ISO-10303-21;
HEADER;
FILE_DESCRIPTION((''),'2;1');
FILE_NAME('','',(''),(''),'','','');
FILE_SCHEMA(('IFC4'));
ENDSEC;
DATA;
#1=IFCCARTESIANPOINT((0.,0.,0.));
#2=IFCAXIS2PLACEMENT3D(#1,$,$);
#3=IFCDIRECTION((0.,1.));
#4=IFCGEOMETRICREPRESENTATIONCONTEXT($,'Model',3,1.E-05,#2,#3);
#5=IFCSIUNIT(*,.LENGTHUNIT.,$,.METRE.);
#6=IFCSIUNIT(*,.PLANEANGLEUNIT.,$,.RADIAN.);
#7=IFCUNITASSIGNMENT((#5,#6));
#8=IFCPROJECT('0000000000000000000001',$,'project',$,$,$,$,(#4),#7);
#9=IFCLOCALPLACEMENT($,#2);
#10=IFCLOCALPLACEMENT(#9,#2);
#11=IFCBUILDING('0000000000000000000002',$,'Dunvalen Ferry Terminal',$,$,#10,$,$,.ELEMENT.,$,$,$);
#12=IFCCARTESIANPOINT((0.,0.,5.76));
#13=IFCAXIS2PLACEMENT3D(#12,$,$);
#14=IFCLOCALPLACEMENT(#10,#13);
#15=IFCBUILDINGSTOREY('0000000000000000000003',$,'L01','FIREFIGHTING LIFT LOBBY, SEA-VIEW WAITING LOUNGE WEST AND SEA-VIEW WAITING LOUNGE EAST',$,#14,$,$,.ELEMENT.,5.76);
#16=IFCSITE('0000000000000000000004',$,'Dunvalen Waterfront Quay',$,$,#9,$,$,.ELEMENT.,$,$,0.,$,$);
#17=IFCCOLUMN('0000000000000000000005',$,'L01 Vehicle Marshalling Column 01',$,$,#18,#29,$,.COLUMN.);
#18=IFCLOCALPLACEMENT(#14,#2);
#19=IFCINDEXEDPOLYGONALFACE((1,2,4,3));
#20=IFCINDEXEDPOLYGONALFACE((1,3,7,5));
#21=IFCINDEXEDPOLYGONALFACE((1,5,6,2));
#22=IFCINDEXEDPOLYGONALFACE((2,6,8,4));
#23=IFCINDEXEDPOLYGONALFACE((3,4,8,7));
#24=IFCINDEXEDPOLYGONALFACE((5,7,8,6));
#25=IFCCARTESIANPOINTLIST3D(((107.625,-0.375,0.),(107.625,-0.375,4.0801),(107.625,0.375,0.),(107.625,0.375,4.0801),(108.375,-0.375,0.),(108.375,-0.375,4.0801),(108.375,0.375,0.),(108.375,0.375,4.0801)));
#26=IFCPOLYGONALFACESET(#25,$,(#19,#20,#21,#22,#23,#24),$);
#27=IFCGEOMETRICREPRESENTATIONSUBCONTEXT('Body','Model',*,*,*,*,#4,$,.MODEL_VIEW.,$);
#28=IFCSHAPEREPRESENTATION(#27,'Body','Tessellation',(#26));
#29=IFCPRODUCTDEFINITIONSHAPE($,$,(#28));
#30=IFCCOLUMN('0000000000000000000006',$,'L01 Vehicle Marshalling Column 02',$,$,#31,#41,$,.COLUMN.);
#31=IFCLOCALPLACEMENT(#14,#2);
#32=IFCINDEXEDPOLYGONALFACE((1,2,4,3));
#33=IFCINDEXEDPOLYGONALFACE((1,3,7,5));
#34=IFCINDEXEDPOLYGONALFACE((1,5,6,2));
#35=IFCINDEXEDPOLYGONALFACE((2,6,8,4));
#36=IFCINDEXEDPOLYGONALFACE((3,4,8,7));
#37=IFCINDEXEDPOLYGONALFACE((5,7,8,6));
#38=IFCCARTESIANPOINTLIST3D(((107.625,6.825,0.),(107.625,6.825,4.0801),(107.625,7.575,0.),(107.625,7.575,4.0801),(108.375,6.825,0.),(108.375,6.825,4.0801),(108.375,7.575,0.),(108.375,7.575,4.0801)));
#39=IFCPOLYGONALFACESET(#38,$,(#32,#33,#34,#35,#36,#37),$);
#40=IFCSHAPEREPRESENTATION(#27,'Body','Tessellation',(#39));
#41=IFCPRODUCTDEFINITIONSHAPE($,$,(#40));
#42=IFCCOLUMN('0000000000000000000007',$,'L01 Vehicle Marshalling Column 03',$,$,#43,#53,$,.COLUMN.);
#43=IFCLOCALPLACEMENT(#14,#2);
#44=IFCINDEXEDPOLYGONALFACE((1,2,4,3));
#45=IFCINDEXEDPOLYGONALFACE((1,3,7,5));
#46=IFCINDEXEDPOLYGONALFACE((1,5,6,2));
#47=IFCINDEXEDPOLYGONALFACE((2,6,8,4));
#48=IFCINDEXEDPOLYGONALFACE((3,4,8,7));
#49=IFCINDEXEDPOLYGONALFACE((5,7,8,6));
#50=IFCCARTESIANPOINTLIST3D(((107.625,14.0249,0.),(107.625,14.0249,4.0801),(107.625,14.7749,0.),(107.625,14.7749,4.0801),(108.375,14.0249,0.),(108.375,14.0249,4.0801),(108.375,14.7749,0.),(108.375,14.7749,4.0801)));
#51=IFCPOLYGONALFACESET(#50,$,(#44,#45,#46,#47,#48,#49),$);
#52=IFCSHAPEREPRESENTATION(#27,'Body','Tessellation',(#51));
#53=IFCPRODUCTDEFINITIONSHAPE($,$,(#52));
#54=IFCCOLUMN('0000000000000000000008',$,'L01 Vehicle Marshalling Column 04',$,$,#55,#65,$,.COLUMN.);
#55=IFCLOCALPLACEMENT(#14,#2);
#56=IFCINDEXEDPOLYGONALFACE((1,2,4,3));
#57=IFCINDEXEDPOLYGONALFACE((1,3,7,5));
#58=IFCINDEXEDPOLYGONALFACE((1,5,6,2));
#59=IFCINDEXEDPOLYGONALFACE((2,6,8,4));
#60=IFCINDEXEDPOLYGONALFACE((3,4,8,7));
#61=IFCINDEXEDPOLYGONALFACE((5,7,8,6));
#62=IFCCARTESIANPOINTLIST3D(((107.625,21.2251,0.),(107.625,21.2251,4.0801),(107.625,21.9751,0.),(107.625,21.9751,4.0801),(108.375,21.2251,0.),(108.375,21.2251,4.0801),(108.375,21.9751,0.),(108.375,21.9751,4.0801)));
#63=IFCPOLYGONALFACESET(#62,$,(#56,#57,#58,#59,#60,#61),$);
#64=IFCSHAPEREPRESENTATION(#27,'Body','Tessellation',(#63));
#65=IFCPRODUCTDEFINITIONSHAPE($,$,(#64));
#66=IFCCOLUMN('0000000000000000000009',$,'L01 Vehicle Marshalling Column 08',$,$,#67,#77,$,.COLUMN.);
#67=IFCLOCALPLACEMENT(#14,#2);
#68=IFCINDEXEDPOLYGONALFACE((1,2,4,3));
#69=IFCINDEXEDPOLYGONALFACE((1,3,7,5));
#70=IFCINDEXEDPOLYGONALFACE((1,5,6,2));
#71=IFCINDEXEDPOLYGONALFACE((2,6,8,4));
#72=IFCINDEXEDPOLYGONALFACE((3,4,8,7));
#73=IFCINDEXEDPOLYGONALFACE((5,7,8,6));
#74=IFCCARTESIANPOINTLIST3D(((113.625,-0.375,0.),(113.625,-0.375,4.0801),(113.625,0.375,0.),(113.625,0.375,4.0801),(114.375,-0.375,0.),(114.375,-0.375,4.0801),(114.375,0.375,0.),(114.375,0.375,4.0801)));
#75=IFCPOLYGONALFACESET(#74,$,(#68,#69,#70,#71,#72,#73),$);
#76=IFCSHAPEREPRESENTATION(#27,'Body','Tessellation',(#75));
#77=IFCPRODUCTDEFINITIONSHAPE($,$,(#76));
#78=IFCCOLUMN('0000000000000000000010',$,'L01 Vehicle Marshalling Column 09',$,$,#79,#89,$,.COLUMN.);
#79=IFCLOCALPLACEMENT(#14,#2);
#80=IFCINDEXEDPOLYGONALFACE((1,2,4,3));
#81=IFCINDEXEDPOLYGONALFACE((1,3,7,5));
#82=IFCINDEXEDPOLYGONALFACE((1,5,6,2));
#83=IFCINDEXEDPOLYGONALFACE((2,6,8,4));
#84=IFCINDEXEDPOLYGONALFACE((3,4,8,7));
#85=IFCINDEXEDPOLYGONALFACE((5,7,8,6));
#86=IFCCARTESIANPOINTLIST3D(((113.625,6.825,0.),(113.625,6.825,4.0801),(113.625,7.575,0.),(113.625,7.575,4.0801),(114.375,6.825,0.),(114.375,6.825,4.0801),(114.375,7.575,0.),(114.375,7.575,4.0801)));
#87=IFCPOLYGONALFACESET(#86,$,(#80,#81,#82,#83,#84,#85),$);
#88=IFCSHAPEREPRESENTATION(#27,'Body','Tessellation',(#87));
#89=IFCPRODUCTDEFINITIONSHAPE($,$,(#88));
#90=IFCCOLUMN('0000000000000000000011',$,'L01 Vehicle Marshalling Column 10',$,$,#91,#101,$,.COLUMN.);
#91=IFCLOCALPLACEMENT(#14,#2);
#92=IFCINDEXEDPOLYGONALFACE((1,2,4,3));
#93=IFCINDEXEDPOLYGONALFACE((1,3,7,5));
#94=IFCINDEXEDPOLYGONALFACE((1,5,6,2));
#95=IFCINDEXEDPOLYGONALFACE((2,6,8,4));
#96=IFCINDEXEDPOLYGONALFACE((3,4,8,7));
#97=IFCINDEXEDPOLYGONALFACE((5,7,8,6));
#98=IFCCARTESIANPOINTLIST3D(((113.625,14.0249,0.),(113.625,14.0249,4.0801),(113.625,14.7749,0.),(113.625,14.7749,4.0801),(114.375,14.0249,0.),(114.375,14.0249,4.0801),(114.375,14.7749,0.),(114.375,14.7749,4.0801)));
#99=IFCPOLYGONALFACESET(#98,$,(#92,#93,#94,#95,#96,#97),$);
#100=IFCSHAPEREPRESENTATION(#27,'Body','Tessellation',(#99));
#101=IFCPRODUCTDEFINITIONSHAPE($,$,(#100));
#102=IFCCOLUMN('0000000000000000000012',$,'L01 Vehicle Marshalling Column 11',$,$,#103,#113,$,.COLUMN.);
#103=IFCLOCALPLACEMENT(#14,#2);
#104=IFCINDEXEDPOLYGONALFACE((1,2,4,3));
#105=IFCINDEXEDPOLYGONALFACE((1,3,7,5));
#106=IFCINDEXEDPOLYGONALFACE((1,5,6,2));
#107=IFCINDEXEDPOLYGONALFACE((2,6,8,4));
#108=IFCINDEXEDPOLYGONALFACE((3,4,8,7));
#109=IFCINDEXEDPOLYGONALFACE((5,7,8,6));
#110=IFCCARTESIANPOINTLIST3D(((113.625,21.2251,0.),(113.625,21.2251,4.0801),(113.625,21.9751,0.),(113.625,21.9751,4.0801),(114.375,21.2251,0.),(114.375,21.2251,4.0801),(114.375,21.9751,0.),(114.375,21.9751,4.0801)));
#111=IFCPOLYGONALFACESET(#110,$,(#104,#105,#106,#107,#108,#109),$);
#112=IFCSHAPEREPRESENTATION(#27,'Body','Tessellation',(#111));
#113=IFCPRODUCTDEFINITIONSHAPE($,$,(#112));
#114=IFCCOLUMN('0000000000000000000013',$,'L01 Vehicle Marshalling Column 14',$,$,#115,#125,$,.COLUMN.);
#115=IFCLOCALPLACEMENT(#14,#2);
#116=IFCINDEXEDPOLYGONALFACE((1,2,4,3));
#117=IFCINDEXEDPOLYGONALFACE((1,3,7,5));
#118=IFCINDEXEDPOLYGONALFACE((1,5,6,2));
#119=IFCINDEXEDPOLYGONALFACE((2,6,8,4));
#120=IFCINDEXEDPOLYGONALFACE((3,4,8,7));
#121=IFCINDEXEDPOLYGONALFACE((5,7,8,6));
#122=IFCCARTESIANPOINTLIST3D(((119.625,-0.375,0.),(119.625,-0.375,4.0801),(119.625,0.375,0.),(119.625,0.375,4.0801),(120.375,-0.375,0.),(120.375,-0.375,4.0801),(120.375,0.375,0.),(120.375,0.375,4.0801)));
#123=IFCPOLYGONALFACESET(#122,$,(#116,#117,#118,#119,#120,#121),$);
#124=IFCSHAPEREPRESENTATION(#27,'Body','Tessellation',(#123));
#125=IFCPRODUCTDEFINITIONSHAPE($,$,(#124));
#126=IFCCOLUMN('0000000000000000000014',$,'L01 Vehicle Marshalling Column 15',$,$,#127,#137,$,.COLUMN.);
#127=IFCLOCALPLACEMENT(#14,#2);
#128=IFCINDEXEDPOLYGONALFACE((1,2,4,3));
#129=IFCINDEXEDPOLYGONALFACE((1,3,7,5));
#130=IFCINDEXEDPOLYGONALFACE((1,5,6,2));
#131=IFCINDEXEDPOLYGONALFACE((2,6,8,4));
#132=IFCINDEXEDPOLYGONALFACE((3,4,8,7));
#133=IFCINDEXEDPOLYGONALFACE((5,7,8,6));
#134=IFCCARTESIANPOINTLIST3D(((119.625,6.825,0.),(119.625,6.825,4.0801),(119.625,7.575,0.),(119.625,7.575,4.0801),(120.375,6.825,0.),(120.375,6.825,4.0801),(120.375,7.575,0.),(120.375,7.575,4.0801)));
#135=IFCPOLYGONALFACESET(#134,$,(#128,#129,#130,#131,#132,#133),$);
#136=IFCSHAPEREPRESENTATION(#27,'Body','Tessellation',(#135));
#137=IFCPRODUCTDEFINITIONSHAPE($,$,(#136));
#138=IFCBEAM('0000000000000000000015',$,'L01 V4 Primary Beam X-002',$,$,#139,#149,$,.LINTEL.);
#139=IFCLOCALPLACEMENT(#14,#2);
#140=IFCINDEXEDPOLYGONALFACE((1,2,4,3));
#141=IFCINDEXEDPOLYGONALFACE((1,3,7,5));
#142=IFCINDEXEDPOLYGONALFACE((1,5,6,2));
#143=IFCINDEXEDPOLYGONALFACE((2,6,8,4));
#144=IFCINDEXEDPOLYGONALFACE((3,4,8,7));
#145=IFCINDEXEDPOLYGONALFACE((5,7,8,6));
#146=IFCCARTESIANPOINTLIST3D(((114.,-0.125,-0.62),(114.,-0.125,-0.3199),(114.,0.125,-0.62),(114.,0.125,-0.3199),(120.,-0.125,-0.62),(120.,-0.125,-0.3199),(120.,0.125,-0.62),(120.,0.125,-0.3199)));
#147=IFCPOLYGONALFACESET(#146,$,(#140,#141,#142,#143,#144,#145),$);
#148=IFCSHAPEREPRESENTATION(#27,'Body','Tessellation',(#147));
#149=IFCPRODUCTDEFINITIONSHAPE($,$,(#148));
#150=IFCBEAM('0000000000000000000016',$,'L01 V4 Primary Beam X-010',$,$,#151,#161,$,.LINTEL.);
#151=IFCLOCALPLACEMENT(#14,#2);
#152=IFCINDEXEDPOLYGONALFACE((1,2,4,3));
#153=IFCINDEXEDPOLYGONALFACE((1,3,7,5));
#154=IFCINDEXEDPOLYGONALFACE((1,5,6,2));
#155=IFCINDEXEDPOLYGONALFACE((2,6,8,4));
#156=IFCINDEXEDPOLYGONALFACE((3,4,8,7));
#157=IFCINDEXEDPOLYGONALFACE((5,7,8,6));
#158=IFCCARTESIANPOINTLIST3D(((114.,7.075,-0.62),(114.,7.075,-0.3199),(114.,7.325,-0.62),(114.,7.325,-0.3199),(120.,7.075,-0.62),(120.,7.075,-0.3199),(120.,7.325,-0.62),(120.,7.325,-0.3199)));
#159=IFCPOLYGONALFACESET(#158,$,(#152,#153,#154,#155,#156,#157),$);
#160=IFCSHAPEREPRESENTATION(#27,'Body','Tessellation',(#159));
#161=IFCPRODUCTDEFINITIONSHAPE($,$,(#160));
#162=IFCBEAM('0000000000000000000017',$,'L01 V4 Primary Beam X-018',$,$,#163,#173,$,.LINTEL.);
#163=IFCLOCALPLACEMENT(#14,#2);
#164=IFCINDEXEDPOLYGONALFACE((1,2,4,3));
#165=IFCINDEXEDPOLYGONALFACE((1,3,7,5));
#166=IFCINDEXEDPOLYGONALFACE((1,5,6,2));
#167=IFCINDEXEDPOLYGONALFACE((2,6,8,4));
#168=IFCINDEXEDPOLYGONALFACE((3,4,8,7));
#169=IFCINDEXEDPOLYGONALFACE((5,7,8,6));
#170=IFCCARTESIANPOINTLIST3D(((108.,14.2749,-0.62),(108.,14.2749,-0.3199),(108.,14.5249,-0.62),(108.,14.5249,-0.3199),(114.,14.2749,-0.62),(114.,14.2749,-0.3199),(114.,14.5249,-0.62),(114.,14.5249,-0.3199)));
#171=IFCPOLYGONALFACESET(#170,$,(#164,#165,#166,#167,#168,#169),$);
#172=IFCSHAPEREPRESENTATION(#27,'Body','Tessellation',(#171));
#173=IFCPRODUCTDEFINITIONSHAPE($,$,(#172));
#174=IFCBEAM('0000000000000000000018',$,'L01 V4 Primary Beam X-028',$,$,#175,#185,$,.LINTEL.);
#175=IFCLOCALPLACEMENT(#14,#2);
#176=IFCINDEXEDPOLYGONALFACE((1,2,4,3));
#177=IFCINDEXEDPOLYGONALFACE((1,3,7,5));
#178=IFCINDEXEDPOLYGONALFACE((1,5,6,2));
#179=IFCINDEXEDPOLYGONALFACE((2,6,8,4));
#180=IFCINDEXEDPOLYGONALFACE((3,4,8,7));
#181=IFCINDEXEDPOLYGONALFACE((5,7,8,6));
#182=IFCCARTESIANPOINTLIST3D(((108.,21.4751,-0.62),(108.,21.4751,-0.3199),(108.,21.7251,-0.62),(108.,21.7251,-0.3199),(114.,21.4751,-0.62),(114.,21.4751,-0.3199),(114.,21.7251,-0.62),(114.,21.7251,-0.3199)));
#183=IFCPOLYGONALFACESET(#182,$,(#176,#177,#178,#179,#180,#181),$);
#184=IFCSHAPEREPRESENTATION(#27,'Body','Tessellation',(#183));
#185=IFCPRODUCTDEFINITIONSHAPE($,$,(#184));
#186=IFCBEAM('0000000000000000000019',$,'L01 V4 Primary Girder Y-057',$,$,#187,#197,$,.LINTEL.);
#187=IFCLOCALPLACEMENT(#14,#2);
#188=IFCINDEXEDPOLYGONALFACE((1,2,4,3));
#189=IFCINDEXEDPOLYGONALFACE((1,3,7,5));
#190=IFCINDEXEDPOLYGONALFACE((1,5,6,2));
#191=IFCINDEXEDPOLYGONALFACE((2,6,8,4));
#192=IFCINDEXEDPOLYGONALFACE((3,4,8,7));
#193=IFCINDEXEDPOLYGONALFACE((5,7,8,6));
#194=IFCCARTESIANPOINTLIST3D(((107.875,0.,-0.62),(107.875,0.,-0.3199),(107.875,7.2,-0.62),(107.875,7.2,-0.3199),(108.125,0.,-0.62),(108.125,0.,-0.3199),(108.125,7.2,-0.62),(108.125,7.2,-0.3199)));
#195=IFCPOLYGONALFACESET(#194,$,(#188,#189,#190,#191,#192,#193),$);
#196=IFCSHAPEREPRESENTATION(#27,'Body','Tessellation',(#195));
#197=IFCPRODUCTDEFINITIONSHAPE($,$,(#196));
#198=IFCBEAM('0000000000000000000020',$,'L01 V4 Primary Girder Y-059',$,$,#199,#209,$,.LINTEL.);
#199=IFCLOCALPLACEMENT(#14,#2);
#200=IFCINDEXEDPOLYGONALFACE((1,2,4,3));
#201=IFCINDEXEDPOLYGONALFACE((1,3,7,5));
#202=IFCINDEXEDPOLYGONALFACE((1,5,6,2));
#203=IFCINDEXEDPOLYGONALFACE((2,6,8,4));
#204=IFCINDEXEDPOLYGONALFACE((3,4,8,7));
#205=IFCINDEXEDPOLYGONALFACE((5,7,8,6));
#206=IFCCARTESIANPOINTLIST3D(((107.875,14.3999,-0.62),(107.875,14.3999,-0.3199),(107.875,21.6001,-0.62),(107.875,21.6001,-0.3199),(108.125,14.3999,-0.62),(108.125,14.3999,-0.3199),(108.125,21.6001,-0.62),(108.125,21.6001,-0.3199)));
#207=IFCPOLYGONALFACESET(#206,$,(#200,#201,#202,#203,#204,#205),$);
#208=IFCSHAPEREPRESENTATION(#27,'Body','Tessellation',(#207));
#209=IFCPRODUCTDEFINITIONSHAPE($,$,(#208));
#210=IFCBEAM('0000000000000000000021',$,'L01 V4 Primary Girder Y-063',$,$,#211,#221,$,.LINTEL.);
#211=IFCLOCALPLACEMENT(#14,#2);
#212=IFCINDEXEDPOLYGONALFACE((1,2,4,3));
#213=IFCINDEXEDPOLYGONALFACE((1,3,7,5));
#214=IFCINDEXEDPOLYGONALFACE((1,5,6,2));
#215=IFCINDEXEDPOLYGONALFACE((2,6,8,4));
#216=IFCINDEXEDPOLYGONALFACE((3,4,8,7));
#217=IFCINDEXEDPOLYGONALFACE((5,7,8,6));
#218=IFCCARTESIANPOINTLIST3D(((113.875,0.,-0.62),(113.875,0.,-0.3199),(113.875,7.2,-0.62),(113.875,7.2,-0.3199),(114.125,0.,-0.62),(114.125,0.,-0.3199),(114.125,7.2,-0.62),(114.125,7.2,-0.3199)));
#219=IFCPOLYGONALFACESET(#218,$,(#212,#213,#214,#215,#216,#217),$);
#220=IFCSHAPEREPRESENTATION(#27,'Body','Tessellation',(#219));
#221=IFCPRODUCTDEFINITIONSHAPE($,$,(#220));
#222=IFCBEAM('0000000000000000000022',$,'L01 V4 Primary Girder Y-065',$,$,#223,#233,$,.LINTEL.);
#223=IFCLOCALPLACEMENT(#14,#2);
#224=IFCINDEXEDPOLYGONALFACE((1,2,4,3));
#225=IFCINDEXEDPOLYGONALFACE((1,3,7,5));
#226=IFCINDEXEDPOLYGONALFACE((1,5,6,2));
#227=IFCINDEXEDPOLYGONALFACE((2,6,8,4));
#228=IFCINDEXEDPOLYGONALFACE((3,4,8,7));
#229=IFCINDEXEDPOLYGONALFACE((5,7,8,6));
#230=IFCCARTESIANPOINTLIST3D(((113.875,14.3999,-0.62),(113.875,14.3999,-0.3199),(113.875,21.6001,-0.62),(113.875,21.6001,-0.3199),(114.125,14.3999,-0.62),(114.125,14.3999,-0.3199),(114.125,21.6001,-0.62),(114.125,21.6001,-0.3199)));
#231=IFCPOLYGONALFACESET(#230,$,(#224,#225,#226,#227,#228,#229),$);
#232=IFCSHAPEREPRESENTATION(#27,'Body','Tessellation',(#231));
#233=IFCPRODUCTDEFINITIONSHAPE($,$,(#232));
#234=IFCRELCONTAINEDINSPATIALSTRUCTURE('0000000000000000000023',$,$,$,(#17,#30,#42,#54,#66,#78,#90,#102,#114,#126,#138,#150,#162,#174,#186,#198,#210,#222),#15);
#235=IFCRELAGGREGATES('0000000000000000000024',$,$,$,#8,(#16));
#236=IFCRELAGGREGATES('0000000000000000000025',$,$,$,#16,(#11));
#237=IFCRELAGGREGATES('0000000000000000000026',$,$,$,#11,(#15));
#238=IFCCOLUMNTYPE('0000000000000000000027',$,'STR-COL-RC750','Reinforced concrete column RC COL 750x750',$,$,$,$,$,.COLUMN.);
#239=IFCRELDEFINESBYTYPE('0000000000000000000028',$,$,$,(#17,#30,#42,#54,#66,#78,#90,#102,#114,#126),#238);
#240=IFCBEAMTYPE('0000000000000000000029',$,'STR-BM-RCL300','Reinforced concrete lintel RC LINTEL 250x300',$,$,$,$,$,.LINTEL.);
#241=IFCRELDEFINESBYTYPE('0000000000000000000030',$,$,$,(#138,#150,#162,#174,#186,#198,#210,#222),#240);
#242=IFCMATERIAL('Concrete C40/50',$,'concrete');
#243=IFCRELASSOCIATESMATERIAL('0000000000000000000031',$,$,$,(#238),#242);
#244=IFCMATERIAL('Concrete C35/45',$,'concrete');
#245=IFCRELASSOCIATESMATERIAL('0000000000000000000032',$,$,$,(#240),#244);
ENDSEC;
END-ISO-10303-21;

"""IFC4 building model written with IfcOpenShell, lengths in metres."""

from ifc_helpers import new_model, si_unit, direction, frame, origin, origin_2d, place, context, subcontext, project, spatial, rectangle, extrude, material, material_profile, profile_set, type_object, element, save


model = new_model("IFC4")

# Units and contexts
model_context = context("Model", 3, precision=1e-05, world=origin(), true_north=direction((0.0, 1.0)))
body_context = subcontext(model_context, "Body", "Model", "MODEL_VIEW")
ifc_project = project(units=[si_unit("LENGTHUNIT", "METRE"), si_unit("PLANEANGLEUNIT", "RADIAN")], contexts=[model_context])

# Site, building, storey
site_placement = place(None, origin())
site = spatial("IfcSite", under=ifc_project, at=site_placement, Name="Dunvalen Waterfront Quay", CompositionType="ELEMENT", RefElevation=0.0)
building_placement = place(site_placement, origin())
building = spatial("IfcBuilding", under=site, at=building_placement, Name="Dunvalen Ferry Terminal", CompositionType="ELEMENT")
storey_placement = place(building_placement, frame((0.0, 0.0, 5.76)))
storey = spatial("IfcBuildingStorey", under=building, at=storey_placement, Name="L01", Description="FIREFIGHTING LIFT LOBBY, SEA-VIEW WAITING LOUNGE WEST AND SEA-VIEW WAITING LOUNGE EAST", CompositionType="ELEMENT", Elevation=5.76)

# Columns
ifc_material_1 = material(Name="Concrete C40/50", Category="concrete")
ifc_material_profile_1 = material_profile(ifc_material_1, rectangle(XDim=0.75, YDim=0.75, at=origin_2d()), Name="Concrete C40/50")
ifc_profile_set_1 = profile_set([ifc_material_profile_1], Name="Concrete C40/50")
column_type = type_object("IfcColumnType", Name="STR-COL-RC750", Description="Reinforced concrete column RC COL 750x750", PredefinedType="COLUMN", material=ifc_profile_set_1)
for number, where, z_axis, x_axis, name in (
    (1, (108.0, 0.0, 0.0), (0.0, 0.0, 1.0), (1.0, 0.0, 0.0), "L01 Vehicle Marshalling Column 01"),
    (2, (108.0, 7.2, 0.0), (0.0, 0.0, 1.0), (1.0, 0.0, 0.0), "L01 Vehicle Marshalling Column 02"),
    (3, (108.0, 14.3999, 0.0), (0.0, 0.0, 1.0), (1.0, 0.0, 0.0), "L01 Vehicle Marshalling Column 03"),
    (4, (108.0, 21.6001, 0.0), (0.0, 0.0, 1.0), (1.0, 0.0, 0.0), "L01 Vehicle Marshalling Column 04"),
    (5, (114.0, 0.0, 0.0), (0.0, 0.0, 1.0), (1.0, 0.0, 0.0), "L01 Vehicle Marshalling Column 08"),
    (6, (114.0, 7.2, 0.0), (0.0, 0.0, 1.0), (1.0, 0.0, 0.0), "L01 Vehicle Marshalling Column 09"),
    (7, (114.0, 14.3999, 0.0), (0.0, 0.0, 1.0), (1.0, 0.0, 0.0), "L01 Vehicle Marshalling Column 10"),
    (8, (114.0, 21.6001, 0.0), (0.0, 0.0, 1.0), (1.0, 0.0, 0.0), "L01 Vehicle Marshalling Column 11"),
    (9, (120.0, 0.0, 0.0), (0.0, 0.0, 1.0), (1.0, 0.0, 0.0), "L01 Vehicle Marshalling Column 14"),
    (10, (120.0, 7.2, 0.0), (0.0, 0.0, 1.0), (1.0, 0.0, 0.0), "L01 Vehicle Marshalling Column 15"),
):
    element("IfcColumn", number, at=place(storey_placement, frame(where, z_axis=z_axis, x_axis=x_axis)), inside=storey, type_object=column_type, Name=name, PredefinedType="COLUMN", context=body_context, shape_type="SweptSolid", body=[
        extrude(rectangle(XDim=0.75, YDim=0.75, at=origin_2d()), origin(), (0.0, 0.0, 1.0), 4.0801),
    ])

# Beams
ifc_material_2 = material(Name="Concrete C35/45", Category="concrete")
ifc_material_profile_2 = material_profile(ifc_material_2, rectangle(XDim=0.25, YDim=0.3, at=origin_2d()), Name="Concrete C35/45")
ifc_profile_set_2 = profile_set([ifc_material_profile_2], Name="Concrete C35/45")
beam_type_1 = type_object("IfcBeamType", Name="STR-BM-RCL300", Description="Reinforced concrete lintel RC LINTEL 250x300", PredefinedType="LINTEL", material=ifc_profile_set_2)
for number, where, z_axis, x_axis, name in (
    (11, (114.0, 0.0, -0.47), (1.0, 0.0, 0.0), (0.0, 1.0, 0.0), "L01 V4 Primary Beam X-002"),
    (12, (114.0, 7.2, -0.47), (1.0, 0.0, 0.0), (0.0, 1.0, 0.0), "L01 V4 Primary Beam X-010"),
    (13, (108.0, 14.3999, -0.47), (1.0, 0.0, 0.0), (0.0, 1.0, 0.0), "L01 V4 Primary Beam X-018"),
    (14, (108.0, 21.6001, -0.47), (1.0, 0.0, 0.0), (0.0, 1.0, 0.0), "L01 V4 Primary Beam X-028"),
):
    element("IfcBeam", number, at=place(storey_placement, frame(where, z_axis=z_axis, x_axis=x_axis)), inside=storey, type_object=beam_type_1, Name=name, PredefinedType="LINTEL", context=body_context, shape_type="SweptSolid", body=[
        extrude(rectangle(XDim=0.25, YDim=0.3, at=origin_2d()), origin(), (0.0, 0.0, 1.0), 6.0),
    ])
beam_1_placement = place(storey_placement, frame((108.0, 0.0, -0.47), z_axis=(0.0, 1.0, 0.0), x_axis=(-1.0, 0.0, 0.0)))
element("IfcBeam", 15, at=beam_1_placement, inside=storey, type_object=beam_type_1, Name="L01 V4 Primary Girder Y-057", PredefinedType="LINTEL", context=body_context, shape_type="SweptSolid", body=[
    extrude(rectangle(XDim=0.25, YDim=0.3, at=origin_2d()), origin(), (0.0, 0.0, 1.0), 7.2),
])
beam_2_placement = place(storey_placement, frame((108.0, 14.3999, -0.47), z_axis=(0.0, 1.0, 0.0), x_axis=(-1.0, 0.0, 0.0)))
element("IfcBeam", 16, at=beam_2_placement, inside=storey, type_object=beam_type_1, Name="L01 V4 Primary Girder Y-059", PredefinedType="LINTEL", context=body_context, shape_type="SweptSolid", body=[
    extrude(rectangle(XDim=0.25, YDim=0.3, at=origin_2d()), origin(), (0.0, 0.0, 1.0), 7.2002),
])
beam_3_placement = place(storey_placement, frame((114.0, 0.0, -0.47), z_axis=(0.0, 1.0, 0.0), x_axis=(-1.0, 0.0, 0.0)))
element("IfcBeam", 17, at=beam_3_placement, inside=storey, type_object=beam_type_1, Name="L01 V4 Primary Girder Y-063", PredefinedType="LINTEL", context=body_context, shape_type="SweptSolid", body=[
    extrude(rectangle(XDim=0.25, YDim=0.3, at=origin_2d()), origin(), (0.0, 0.0, 1.0), 7.2),
])
beam_4_placement = place(storey_placement, frame((114.0, 14.3999, -0.47), z_axis=(0.0, 1.0, 0.0), x_axis=(-1.0, 0.0, 0.0)))
element("IfcBeam", 18, at=beam_4_placement, inside=storey, type_object=beam_type_1, Name="L01 V4 Primary Girder Y-065", PredefinedType="LINTEL", context=body_context, shape_type="SweptSolid", body=[
    extrude(rectangle(XDim=0.25, YDim=0.3, at=origin_2d()), origin(), (0.0, 0.0, 1.0), 7.2002),
])

save(model, "model.ifc")
